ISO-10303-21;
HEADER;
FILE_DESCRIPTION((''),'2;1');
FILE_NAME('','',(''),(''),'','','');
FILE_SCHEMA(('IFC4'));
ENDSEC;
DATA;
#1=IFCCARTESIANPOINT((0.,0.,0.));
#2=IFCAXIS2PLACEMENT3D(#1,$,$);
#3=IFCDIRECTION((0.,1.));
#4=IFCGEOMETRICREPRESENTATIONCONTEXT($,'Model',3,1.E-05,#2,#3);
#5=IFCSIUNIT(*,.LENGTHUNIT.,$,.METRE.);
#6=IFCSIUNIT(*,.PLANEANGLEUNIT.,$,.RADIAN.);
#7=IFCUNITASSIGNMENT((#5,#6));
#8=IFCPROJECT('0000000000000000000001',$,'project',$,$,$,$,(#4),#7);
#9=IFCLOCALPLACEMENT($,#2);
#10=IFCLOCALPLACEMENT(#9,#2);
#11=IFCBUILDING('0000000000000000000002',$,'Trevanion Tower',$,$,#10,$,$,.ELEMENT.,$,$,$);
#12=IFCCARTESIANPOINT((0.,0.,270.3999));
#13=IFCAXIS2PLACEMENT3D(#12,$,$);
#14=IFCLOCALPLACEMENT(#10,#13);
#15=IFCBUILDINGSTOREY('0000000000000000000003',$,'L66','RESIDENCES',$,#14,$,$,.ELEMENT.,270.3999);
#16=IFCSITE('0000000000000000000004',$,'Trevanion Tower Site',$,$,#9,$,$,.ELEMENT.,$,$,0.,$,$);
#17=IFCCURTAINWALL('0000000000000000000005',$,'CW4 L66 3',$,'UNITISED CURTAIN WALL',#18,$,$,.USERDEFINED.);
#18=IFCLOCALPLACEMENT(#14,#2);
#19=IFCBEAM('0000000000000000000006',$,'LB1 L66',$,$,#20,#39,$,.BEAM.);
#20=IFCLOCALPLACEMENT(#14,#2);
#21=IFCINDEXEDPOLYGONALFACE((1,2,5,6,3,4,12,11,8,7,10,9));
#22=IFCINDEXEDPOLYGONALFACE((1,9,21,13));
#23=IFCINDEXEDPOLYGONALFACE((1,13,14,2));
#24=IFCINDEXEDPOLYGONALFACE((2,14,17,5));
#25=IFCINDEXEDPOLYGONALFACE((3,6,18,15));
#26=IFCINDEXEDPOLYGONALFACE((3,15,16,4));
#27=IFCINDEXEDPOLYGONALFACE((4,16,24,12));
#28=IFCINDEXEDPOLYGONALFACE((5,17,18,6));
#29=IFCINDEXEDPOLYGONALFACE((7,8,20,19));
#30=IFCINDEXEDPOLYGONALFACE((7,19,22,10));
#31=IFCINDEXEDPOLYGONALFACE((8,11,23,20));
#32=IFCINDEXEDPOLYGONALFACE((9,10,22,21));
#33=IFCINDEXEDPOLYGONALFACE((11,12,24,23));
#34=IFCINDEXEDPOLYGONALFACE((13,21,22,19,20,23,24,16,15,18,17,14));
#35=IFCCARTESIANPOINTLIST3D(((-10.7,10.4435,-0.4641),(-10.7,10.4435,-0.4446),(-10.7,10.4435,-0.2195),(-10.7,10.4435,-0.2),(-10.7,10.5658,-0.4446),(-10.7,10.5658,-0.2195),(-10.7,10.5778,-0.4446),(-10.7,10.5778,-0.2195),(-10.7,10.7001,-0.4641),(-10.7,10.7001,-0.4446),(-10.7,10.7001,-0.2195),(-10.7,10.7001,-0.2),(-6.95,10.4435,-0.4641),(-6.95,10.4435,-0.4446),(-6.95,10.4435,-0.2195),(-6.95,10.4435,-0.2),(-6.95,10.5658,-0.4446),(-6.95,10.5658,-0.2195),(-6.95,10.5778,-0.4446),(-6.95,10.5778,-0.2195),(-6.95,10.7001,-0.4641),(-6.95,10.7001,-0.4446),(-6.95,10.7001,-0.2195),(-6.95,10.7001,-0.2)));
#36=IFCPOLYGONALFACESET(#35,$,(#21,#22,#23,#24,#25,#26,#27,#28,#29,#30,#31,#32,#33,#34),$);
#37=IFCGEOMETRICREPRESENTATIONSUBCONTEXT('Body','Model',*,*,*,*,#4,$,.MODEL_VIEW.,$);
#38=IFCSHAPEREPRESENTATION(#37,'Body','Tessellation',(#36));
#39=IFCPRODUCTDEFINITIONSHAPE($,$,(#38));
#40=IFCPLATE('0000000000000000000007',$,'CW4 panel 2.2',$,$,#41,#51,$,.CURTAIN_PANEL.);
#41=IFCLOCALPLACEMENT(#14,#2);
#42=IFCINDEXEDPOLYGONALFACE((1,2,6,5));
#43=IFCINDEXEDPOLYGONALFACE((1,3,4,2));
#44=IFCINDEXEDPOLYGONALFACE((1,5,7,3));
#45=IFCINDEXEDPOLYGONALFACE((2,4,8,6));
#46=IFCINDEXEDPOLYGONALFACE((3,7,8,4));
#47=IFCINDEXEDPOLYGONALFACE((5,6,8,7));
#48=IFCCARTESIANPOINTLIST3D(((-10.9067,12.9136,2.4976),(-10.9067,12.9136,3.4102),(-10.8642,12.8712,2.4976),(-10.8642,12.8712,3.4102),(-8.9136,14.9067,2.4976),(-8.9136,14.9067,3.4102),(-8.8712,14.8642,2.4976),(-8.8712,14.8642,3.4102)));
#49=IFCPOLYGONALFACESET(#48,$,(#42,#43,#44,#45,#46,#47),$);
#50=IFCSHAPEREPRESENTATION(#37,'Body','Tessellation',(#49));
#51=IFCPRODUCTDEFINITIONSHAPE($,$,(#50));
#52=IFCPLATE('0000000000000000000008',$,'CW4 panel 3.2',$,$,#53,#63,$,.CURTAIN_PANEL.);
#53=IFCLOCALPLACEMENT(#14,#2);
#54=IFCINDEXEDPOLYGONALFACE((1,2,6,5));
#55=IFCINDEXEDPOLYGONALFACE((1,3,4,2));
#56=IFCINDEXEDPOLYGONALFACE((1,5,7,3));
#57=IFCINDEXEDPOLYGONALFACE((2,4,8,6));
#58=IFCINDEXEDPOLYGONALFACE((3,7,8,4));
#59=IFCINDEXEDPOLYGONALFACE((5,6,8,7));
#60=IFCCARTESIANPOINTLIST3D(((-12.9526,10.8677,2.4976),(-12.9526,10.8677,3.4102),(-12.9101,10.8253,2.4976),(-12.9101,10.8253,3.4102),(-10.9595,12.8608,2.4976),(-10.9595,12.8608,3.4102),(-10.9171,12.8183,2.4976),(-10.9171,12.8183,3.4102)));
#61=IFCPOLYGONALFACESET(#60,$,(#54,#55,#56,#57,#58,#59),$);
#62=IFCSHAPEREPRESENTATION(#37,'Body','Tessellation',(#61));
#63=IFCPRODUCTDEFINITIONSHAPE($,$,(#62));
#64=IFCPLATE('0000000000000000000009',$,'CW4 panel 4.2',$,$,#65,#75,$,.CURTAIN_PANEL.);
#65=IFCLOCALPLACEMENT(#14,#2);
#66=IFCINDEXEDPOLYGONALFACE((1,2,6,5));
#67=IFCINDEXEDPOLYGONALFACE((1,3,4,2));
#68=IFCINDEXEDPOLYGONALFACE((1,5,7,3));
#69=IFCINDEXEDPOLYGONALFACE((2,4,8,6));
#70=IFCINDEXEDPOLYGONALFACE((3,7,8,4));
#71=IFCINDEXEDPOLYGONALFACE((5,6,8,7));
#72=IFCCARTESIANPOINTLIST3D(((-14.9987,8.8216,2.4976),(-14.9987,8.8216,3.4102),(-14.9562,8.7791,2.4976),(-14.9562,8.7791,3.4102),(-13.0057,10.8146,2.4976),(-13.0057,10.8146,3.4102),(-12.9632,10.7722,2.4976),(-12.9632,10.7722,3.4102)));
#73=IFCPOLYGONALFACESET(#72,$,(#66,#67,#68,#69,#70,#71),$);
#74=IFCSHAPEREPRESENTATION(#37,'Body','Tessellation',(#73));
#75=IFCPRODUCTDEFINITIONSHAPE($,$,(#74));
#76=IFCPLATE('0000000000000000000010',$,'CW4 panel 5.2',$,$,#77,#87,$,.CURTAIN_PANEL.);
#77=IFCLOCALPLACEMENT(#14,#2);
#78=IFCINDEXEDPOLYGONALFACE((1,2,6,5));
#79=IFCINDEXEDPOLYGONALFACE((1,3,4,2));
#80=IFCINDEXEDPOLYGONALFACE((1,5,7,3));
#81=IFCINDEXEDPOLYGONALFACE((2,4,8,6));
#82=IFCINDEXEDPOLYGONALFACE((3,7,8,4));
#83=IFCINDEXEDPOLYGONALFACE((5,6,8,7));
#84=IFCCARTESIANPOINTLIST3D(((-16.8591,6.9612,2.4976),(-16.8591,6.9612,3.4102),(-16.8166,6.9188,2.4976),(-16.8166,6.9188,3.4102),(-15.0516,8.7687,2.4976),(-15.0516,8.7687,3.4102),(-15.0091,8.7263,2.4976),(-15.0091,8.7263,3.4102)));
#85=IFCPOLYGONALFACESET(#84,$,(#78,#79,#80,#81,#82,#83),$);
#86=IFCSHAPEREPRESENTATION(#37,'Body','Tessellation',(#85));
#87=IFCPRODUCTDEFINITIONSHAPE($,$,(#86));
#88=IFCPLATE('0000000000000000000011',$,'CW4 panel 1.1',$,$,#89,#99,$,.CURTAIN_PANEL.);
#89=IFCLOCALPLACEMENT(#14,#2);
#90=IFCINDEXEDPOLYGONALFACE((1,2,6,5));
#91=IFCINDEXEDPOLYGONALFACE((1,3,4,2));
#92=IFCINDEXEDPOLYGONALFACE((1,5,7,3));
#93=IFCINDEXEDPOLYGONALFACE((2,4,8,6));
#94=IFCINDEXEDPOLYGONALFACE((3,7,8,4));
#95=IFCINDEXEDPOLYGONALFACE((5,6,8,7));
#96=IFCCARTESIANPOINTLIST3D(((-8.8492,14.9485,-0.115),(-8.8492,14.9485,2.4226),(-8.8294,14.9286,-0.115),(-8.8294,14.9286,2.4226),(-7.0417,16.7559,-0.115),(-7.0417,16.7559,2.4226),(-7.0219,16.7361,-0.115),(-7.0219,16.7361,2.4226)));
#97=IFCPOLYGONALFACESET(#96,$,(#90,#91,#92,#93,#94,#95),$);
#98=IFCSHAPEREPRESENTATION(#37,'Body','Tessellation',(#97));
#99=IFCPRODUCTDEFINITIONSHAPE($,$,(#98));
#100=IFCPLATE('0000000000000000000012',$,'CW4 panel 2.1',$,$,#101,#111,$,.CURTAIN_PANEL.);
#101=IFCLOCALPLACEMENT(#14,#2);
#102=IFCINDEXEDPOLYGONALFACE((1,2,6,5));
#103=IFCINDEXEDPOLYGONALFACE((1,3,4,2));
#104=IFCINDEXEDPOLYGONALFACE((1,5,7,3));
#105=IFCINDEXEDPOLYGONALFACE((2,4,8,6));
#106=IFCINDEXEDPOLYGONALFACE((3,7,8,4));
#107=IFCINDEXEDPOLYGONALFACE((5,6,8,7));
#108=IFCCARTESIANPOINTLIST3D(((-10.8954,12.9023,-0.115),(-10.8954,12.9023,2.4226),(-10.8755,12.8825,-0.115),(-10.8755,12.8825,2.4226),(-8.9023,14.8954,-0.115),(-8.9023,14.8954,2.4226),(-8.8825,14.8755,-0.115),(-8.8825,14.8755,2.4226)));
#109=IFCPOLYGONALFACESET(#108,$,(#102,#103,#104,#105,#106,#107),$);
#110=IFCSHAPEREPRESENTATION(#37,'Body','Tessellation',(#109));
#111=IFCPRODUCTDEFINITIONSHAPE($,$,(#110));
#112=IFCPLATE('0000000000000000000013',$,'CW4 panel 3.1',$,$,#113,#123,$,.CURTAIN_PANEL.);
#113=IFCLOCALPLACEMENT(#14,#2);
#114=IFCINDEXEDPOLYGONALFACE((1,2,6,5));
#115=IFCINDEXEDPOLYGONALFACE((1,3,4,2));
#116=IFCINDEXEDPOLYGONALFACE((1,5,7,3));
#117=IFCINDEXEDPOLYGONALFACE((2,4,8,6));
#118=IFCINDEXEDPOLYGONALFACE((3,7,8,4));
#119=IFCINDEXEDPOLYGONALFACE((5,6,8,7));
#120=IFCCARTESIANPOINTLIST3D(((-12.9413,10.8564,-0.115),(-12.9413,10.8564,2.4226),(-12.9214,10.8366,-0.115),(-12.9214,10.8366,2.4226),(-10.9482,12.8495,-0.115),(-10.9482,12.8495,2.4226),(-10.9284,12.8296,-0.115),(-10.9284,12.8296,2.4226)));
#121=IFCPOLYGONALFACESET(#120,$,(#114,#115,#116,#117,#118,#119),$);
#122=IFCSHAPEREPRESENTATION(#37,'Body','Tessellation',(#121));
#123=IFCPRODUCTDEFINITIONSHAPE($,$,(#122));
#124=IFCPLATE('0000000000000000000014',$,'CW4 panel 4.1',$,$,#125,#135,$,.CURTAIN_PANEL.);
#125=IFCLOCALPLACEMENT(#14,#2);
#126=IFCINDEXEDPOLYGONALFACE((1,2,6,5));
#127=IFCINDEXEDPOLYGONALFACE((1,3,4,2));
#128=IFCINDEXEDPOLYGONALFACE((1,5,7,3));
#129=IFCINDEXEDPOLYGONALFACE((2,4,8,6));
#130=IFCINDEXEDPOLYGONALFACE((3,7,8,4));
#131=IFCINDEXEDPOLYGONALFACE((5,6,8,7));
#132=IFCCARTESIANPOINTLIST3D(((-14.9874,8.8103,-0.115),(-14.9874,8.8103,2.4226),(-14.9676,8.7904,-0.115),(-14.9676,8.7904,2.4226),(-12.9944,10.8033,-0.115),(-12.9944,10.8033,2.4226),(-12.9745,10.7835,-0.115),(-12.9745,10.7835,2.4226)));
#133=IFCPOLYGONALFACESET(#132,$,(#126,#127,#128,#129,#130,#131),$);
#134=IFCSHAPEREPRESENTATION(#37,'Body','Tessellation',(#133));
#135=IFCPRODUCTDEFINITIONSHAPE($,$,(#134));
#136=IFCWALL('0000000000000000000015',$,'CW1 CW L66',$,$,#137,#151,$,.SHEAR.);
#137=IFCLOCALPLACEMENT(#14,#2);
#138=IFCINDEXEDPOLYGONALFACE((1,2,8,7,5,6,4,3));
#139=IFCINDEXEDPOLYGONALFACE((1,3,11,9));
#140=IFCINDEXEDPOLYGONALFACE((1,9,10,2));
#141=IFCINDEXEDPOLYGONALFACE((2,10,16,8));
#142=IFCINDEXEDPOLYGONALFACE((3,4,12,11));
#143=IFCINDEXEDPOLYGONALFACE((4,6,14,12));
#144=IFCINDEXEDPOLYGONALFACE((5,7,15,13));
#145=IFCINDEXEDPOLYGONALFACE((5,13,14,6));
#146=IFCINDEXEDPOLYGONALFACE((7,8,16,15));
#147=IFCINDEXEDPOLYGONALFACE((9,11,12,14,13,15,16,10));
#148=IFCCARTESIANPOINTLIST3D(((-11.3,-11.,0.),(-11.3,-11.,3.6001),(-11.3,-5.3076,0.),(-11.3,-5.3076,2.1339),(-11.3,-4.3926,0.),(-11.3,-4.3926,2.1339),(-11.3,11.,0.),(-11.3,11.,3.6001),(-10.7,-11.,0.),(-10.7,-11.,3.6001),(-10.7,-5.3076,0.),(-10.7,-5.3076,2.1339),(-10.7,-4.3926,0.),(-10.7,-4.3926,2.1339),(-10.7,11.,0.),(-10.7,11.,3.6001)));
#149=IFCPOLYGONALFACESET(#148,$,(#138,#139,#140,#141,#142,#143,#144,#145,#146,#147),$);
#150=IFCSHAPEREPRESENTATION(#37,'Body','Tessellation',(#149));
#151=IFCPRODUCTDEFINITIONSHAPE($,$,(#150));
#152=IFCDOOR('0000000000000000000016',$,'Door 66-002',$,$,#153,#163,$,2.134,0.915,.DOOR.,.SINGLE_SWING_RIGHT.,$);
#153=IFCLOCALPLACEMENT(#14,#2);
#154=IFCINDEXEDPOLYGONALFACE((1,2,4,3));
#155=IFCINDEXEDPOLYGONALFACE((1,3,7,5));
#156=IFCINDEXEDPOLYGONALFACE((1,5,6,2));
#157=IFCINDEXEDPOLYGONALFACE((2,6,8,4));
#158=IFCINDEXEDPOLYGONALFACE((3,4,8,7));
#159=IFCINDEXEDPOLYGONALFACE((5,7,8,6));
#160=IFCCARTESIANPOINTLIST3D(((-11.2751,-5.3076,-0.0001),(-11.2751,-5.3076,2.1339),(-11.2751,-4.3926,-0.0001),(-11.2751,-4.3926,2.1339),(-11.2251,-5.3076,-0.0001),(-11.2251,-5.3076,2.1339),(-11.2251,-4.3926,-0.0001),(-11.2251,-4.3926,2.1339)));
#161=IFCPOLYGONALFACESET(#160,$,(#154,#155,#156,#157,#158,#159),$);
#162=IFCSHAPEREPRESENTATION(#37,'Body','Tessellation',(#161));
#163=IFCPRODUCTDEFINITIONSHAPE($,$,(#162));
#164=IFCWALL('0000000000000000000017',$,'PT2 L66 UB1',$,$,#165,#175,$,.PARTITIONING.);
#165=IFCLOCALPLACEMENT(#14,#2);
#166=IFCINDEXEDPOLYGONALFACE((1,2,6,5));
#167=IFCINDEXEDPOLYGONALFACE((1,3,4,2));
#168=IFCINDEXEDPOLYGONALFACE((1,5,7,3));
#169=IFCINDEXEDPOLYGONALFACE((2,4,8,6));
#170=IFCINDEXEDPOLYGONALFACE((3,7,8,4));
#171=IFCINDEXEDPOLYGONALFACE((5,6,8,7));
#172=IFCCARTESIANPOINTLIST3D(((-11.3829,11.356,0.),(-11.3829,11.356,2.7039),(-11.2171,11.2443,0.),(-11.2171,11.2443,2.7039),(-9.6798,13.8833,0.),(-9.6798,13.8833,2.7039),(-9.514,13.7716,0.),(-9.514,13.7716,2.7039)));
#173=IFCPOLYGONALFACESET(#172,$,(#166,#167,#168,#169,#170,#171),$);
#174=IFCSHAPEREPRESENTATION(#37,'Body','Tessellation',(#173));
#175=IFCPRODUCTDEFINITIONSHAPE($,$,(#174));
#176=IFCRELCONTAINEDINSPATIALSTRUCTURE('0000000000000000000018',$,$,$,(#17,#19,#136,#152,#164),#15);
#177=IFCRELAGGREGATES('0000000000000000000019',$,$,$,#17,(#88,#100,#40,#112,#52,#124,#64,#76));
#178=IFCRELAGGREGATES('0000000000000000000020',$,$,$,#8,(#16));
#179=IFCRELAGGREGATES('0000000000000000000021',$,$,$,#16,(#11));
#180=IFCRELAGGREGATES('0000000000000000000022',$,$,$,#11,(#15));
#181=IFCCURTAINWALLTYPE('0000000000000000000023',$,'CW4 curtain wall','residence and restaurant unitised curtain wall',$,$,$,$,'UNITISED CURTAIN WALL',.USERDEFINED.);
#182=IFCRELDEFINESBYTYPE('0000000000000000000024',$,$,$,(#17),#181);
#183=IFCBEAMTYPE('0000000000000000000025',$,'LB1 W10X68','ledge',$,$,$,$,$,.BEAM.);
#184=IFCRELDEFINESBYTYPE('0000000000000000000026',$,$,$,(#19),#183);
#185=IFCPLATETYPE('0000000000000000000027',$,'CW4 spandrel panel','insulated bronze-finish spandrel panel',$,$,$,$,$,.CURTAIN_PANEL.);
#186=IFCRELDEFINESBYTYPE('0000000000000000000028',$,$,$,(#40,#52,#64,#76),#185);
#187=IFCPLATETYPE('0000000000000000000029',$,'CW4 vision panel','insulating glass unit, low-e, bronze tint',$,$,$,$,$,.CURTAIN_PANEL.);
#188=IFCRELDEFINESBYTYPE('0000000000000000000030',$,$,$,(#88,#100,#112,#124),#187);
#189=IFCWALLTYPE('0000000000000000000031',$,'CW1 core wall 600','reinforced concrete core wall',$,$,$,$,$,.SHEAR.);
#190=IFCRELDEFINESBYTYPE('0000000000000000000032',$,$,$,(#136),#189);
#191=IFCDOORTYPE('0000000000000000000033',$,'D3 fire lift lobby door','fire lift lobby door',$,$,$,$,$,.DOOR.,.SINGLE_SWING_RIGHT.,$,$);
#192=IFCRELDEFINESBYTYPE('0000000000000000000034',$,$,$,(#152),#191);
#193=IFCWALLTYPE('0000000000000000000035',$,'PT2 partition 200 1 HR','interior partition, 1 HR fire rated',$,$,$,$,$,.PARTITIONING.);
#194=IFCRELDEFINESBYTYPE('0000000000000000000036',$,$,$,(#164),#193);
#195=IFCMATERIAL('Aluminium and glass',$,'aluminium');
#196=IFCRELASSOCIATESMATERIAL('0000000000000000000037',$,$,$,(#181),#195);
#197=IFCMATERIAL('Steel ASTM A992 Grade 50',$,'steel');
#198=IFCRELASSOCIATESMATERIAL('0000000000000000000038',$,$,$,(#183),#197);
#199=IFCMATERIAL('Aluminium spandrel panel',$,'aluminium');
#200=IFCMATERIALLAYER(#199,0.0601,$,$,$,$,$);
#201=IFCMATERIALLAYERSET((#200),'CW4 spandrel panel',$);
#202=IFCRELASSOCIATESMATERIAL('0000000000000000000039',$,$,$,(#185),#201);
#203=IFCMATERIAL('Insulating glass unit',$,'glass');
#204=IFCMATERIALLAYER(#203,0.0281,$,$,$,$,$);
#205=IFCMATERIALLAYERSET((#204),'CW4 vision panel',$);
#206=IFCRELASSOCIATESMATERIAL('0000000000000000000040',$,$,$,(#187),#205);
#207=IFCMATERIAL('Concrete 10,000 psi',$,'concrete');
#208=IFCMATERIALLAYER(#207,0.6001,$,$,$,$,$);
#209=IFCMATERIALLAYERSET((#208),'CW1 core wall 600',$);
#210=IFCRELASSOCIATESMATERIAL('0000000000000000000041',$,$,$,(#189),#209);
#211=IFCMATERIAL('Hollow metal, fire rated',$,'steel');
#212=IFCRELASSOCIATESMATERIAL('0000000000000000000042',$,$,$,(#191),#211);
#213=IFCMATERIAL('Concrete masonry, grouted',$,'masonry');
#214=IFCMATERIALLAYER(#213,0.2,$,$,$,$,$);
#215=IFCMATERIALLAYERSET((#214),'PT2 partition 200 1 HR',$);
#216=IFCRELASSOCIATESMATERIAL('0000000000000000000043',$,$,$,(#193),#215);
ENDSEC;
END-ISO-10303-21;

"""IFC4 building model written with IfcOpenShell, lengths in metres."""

from ifc_helpers import new_model, si_unit, direction, frame, frame_2d, origin, origin_2d, place, context, subcontext, project, spatial, rectangle, i_section, extrude, material, layer, layer_set, material_profile, profile_set, type_object, element, fill, aggregate, save


model = new_model("IFC4")

# Units and contexts
model_context = context("Model", 3, precision=1e-05, world=origin(), true_north=direction((0.0, 1.0)))
body_context = subcontext(model_context, "Body", "Model", "MODEL_VIEW")
ifc_project = project(units=[si_unit("LENGTHUNIT", "METRE"), si_unit("PLANEANGLEUNIT", "RADIAN")], contexts=[model_context])

# Site, building, storey
site_placement = place(None, origin())
site = spatial("IfcSite", under=ifc_project, at=site_placement, Name="Trevanion Tower Site", CompositionType="ELEMENT", RefElevation=0.0)
building_placement = place(site_placement, origin())
building = spatial("IfcBuilding", under=site, at=building_placement, Name="Trevanion Tower", CompositionType="ELEMENT")
storey_placement = place(building_placement, frame((0.0, 0.0, 270.3999)))
storey = spatial("IfcBuildingStorey", under=building, at=storey_placement, Name="L66", Description="RESIDENCES", CompositionType="ELEMENT", Elevation=270.3999)

# Curtain wall
ifc_material_1 = material(Name="Aluminium and glass", Category="aluminium")
curtain_wall_type = type_object("IfcCurtainWallType", Name="CW4 curtain wall", Description="residence and restaurant unitised curtain wall", ElementType="UNITISED CURTAIN WALL", PredefinedType="USERDEFINED", material=ifc_material_1)
curtain_wall_placement = place(storey_placement, origin())
curtain_wall = element("IfcCurtainWall", 1, at=curtain_wall_placement, inside=storey, type_object=curtain_wall_type, Name="CW4 L66 3", ObjectType="UNITISED CURTAIN WALL", PredefinedType="USERDEFINED")

# Beam
ifc_material_2 = material(Name="Steel ASTM A992 Grade 50", Category="steel")
ifc_material_profile_1 = material_profile(ifc_material_2, i_section(OverallWidth=0.2566, OverallDepth=0.2642, WebThickness=0.012, FlangeThickness=0.0195, at=origin_2d()), Name="W10X68")
ifc_profile_set_1 = profile_set([ifc_material_profile_1], Name="Steel ASTM A992 Grade 50")
beam_type = type_object("IfcBeamType", Name="LB1 W10X68", Description="ledge", PredefinedType="BEAM", material=ifc_profile_set_1)
beam_placement = place(storey_placement, frame((-10.7, 10.5718, -0.332), z_axis=(1.0, 0.0, 0.0), x_axis=(0.0, 1.0, 0.0)))
element("IfcBeam", 2, at=beam_placement, inside=storey, type_object=beam_type, Name="LB1 L66", PredefinedType="BEAM", context=body_context, shape_type="SweptSolid", body=[
    extrude(i_section(OverallWidth=0.2566, OverallDepth=0.2642, WebThickness=0.012, FlangeThickness=0.0195, at=origin_2d()), origin(), (0.0, 0.0, 1.0), 3.75),
])

# Plates
ifc_material_3 = material(Name="Aluminium spandrel panel", Category="aluminium")
ifc_layer_1 = layer(ifc_material_3, 0.0601)
ifc_layer_set_1 = layer_set([ifc_layer_1], Name="CW4 spandrel panel")
plate_type_1 = type_object("IfcPlateType", Name="CW4 spandrel panel", Description="insulated bronze-finish spandrel panel", PredefinedType="CURTAIN_PANEL", material=ifc_layer_set_1)
plate_1_placement = place(storey_placement, frame((-9.8889, 13.8889, 2.4976), z_axis=(0.0, 0.0, 1.0), x_axis=(-0.707107, -0.707107, 0.0)))
plate_1 = element("IfcPlate", 3, at=plate_1_placement, type_object=plate_type_1, Name="CW4 panel 2.2", PredefinedType="CURTAIN_PANEL", context=body_context, shape_type="SweptSolid", body=[
    extrude(rectangle(XDim=2.8186, YDim=0.0601, at=origin_2d()), origin(), (0.0, 0.0, 1.0), 0.9126),
])
plate_2_placement = place(storey_placement, frame((-11.9348, 11.843, 2.4976), z_axis=(0.0, 0.0, 1.0), x_axis=(-0.707107, -0.707107, 0.0)))
plate_2 = element("IfcPlate", 4, at=plate_2_placement, type_object=plate_type_1, Name="CW4 panel 3.2", PredefinedType="CURTAIN_PANEL", context=body_context, shape_type="SweptSolid", body=[
    extrude(rectangle(XDim=2.8186, YDim=0.0601, at=origin_2d()), origin(), (0.0, 0.0, 1.0), 0.9126),
])
plate_3_placement = place(storey_placement, frame((-13.981, 9.7969, 2.4976), z_axis=(0.0, 0.0, 1.0), x_axis=(-0.707107, -0.707107, 0.0)))
plate_3 = element("IfcPlate", 5, at=plate_3_placement, type_object=plate_type_1, Name="CW4 panel 4.2", PredefinedType="CURTAIN_PANEL", context=body_context, shape_type="SweptSolid", body=[
    extrude(rectangle(XDim=2.8186, YDim=0.0601, at=origin_2d()), origin(), (0.0, 0.0, 1.0), 0.9126),
])
plate_4_placement = place(storey_placement, frame((-15.9341, 7.8438, 2.4976), z_axis=(0.0, 0.0, 1.0), x_axis=(-0.707107, -0.707107, 0.0)))
plate_4 = element("IfcPlate", 6, at=plate_4_placement, type_object=plate_type_1, Name="CW4 panel 5.2", PredefinedType="CURTAIN_PANEL", context=body_context, shape_type="SweptSolid", body=[
    extrude(rectangle(XDim=2.5562, YDim=0.0601, at=origin_2d()), origin(), (0.0, 0.0, 1.0), 0.9126),
])
ifc_material_4 = material(Name="Insulating glass unit", Category="glass")
ifc_layer_2 = layer(ifc_material_4, 0.0281)
ifc_layer_set_2 = layer_set([ifc_layer_2], Name="CW4 vision panel")
plate_type_2 = type_object("IfcPlateType", Name="CW4 vision panel", Description="insulating glass unit, low-e, bronze tint", PredefinedType="CURTAIN_PANEL", material=ifc_layer_set_2)
plate_5_placement = place(storey_placement, frame((-7.9355, 15.8423, -0.115), z_axis=(0.0, 0.0, 1.0), x_axis=(-0.707107, -0.707107, 0.0)))
plate_5 = element("IfcPlate", 7, at=plate_5_placement, type_object=plate_type_2, Name="CW4 panel 1.1", PredefinedType="CURTAIN_PANEL", context=body_context, shape_type="SweptSolid", body=[
    extrude(rectangle(XDim=2.5562, YDim=0.0281, at=origin_2d()), origin(), (0.0, 0.0, 1.0), 2.5376),
])
plate_6_placement = place(storey_placement, frame((-9.8889, 13.8889, -0.115), z_axis=(0.0, 0.0, 1.0), x_axis=(-0.707107, -0.707107, 0.0)))
plate_6 = element("IfcPlate", 8, at=plate_6_placement, type_object=plate_type_2, Name="CW4 panel 2.1", PredefinedType="CURTAIN_PANEL", context=body_context, shape_type="SweptSolid", body=[
    extrude(rectangle(XDim=2.8186, YDim=0.0281, at=origin_2d()), origin(), (0.0, 0.0, 1.0), 2.5376),
])
plate_7_placement = place(storey_placement, frame((-11.9348, 11.843, -0.115), z_axis=(0.0, 0.0, 1.0), x_axis=(-0.707107, -0.707107, 0.0)))
plate_7 = element("IfcPlate", 9, at=plate_7_placement, type_object=plate_type_2, Name="CW4 panel 3.1", PredefinedType="CURTAIN_PANEL", context=body_context, shape_type="SweptSolid", body=[
    extrude(rectangle(XDim=2.8186, YDim=0.0281, at=origin_2d()), origin(), (0.0, 0.0, 1.0), 2.5376),
])
plate_8_placement = place(storey_placement, frame((-13.981, 9.7969, -0.115), z_axis=(0.0, 0.0, 1.0), x_axis=(-0.707107, -0.707107, 0.0)))
plate_8 = element("IfcPlate", 10, at=plate_8_placement, type_object=plate_type_2, Name="CW4 panel 4.1", PredefinedType="CURTAIN_PANEL", context=body_context, shape_type="SweptSolid", body=[
    extrude(rectangle(XDim=2.8186, YDim=0.0281, at=origin_2d()), origin(), (0.0, 0.0, 1.0), 2.5376),
])
aggregate(curtain_wall, [plate_5, plate_6, plate_1, plate_7, plate_2, plate_8, plate_3, plate_4])

# Wall, opening, door
ifc_material_5 = material(Name="Concrete 10,000 psi", Category="concrete")
ifc_layer_3 = layer(ifc_material_5, 0.6001)
ifc_layer_set_3 = layer_set([ifc_layer_3], Name="CW1 core wall 600")
wall_type_1 = type_object("IfcWallType", Name="CW1 core wall 600", Description="reinforced concrete core wall", PredefinedType="SHEAR", material=ifc_layer_set_3)
wall_1_placement = place(storey_placement, frame((-11.0, 11.0, 0.0), z_axis=(0.0, 0.0, 1.0), x_axis=(0.0, -1.0, 0.0)))
wall_1 = element("IfcWall", 11, at=wall_1_placement, inside=storey, type_object=wall_type_1, Name="CW1 CW L66", PredefinedType="SHEAR", context=body_context, shape_type="SweptSolid", body=[
    extrude(rectangle(XDim=22.0, YDim=0.6001, at=frame_2d((11.0, 0.0))), origin(), (0.0, 0.0, 1.0), 3.6001),
])
opening_placement = place(wall_1_placement, frame((15.3926, 0.0, 0.0)))
opening = element("IfcOpeningElement", 12, at=opening_placement, cuts=wall_1, PredefinedType="OPENING", context=body_context, shape_type="SweptSolid", body=[
    extrude(rectangle(XDim=0.915, YDim=2.134, at=frame_2d((0.4575, 1.0669))), frame((0.0, 0.3101, 0.0), z_axis=(0.0, -1.0, 0.0), x_axis=(1.0, 0.0, 0.0)), (0.0, 0.0, 1.0), 0.6201),
])
ifc_material_6 = material(Name="Hollow metal, fire rated", Category="steel")
door_type = type_object("IfcDoorType", Name="D3 fire lift lobby door", Description="fire lift lobby door", OperationType="SINGLE_SWING_RIGHT", PredefinedType="DOOR", material=ifc_material_6)
door_placement = place(opening_placement, origin())
door = element("IfcDoor", 13, at=door_placement, inside=storey, type_object=door_type, Name="Door 66-002", OperationType="SINGLE_SWING_RIGHT", OverallHeight=2.134, OverallWidth=0.915, PredefinedType="DOOR", context=body_context, shape_type="SweptSolid", body=[
    extrude(rectangle(XDim=0.915, YDim=2.134, at=frame_2d((0.4575, 1.0669))), frame((0.0, -0.2251, 0.0), z_axis=(0.0, -1.0, 0.0), x_axis=(1.0, 0.0, 0.0)), (0.0, 0.0, 1.0), 0.05),
])
fill(opening, door)

# Wall
ifc_material_7 = material(Name="Concrete masonry, grouted", Category="masonry")
ifc_layer_4 = layer(ifc_material_7, 0.2)
ifc_layer_set_4 = layer_set([ifc_layer_4], Name="PT2 partition 200 1 HR")
wall_type_2 = type_object("IfcWallType", Name="PT2 partition 200 1 HR", Description="interior partition, 1 HR fire rated", PredefinedType="PARTITIONING", material=ifc_layer_set_4)
wall_2_placement = place(storey_placement, frame((-11.3, 11.3, 0.0), z_axis=(0.0, 0.0, 1.0), x_axis=(0.558834, 0.829279, 0.0)))
element("IfcWall", 14, at=wall_2_placement, inside=storey, type_object=wall_type_2, Name="PT2 L66 UB1", PredefinedType="PARTITIONING", context=body_context, shape_type="SweptSolid", body=[
    extrude(rectangle(XDim=3.0476, YDim=0.2, at=frame_2d((1.5239, 0.0))), origin(), (0.0, 0.0, 1.0), 2.7039),
])

save(model, "model.ifc")
